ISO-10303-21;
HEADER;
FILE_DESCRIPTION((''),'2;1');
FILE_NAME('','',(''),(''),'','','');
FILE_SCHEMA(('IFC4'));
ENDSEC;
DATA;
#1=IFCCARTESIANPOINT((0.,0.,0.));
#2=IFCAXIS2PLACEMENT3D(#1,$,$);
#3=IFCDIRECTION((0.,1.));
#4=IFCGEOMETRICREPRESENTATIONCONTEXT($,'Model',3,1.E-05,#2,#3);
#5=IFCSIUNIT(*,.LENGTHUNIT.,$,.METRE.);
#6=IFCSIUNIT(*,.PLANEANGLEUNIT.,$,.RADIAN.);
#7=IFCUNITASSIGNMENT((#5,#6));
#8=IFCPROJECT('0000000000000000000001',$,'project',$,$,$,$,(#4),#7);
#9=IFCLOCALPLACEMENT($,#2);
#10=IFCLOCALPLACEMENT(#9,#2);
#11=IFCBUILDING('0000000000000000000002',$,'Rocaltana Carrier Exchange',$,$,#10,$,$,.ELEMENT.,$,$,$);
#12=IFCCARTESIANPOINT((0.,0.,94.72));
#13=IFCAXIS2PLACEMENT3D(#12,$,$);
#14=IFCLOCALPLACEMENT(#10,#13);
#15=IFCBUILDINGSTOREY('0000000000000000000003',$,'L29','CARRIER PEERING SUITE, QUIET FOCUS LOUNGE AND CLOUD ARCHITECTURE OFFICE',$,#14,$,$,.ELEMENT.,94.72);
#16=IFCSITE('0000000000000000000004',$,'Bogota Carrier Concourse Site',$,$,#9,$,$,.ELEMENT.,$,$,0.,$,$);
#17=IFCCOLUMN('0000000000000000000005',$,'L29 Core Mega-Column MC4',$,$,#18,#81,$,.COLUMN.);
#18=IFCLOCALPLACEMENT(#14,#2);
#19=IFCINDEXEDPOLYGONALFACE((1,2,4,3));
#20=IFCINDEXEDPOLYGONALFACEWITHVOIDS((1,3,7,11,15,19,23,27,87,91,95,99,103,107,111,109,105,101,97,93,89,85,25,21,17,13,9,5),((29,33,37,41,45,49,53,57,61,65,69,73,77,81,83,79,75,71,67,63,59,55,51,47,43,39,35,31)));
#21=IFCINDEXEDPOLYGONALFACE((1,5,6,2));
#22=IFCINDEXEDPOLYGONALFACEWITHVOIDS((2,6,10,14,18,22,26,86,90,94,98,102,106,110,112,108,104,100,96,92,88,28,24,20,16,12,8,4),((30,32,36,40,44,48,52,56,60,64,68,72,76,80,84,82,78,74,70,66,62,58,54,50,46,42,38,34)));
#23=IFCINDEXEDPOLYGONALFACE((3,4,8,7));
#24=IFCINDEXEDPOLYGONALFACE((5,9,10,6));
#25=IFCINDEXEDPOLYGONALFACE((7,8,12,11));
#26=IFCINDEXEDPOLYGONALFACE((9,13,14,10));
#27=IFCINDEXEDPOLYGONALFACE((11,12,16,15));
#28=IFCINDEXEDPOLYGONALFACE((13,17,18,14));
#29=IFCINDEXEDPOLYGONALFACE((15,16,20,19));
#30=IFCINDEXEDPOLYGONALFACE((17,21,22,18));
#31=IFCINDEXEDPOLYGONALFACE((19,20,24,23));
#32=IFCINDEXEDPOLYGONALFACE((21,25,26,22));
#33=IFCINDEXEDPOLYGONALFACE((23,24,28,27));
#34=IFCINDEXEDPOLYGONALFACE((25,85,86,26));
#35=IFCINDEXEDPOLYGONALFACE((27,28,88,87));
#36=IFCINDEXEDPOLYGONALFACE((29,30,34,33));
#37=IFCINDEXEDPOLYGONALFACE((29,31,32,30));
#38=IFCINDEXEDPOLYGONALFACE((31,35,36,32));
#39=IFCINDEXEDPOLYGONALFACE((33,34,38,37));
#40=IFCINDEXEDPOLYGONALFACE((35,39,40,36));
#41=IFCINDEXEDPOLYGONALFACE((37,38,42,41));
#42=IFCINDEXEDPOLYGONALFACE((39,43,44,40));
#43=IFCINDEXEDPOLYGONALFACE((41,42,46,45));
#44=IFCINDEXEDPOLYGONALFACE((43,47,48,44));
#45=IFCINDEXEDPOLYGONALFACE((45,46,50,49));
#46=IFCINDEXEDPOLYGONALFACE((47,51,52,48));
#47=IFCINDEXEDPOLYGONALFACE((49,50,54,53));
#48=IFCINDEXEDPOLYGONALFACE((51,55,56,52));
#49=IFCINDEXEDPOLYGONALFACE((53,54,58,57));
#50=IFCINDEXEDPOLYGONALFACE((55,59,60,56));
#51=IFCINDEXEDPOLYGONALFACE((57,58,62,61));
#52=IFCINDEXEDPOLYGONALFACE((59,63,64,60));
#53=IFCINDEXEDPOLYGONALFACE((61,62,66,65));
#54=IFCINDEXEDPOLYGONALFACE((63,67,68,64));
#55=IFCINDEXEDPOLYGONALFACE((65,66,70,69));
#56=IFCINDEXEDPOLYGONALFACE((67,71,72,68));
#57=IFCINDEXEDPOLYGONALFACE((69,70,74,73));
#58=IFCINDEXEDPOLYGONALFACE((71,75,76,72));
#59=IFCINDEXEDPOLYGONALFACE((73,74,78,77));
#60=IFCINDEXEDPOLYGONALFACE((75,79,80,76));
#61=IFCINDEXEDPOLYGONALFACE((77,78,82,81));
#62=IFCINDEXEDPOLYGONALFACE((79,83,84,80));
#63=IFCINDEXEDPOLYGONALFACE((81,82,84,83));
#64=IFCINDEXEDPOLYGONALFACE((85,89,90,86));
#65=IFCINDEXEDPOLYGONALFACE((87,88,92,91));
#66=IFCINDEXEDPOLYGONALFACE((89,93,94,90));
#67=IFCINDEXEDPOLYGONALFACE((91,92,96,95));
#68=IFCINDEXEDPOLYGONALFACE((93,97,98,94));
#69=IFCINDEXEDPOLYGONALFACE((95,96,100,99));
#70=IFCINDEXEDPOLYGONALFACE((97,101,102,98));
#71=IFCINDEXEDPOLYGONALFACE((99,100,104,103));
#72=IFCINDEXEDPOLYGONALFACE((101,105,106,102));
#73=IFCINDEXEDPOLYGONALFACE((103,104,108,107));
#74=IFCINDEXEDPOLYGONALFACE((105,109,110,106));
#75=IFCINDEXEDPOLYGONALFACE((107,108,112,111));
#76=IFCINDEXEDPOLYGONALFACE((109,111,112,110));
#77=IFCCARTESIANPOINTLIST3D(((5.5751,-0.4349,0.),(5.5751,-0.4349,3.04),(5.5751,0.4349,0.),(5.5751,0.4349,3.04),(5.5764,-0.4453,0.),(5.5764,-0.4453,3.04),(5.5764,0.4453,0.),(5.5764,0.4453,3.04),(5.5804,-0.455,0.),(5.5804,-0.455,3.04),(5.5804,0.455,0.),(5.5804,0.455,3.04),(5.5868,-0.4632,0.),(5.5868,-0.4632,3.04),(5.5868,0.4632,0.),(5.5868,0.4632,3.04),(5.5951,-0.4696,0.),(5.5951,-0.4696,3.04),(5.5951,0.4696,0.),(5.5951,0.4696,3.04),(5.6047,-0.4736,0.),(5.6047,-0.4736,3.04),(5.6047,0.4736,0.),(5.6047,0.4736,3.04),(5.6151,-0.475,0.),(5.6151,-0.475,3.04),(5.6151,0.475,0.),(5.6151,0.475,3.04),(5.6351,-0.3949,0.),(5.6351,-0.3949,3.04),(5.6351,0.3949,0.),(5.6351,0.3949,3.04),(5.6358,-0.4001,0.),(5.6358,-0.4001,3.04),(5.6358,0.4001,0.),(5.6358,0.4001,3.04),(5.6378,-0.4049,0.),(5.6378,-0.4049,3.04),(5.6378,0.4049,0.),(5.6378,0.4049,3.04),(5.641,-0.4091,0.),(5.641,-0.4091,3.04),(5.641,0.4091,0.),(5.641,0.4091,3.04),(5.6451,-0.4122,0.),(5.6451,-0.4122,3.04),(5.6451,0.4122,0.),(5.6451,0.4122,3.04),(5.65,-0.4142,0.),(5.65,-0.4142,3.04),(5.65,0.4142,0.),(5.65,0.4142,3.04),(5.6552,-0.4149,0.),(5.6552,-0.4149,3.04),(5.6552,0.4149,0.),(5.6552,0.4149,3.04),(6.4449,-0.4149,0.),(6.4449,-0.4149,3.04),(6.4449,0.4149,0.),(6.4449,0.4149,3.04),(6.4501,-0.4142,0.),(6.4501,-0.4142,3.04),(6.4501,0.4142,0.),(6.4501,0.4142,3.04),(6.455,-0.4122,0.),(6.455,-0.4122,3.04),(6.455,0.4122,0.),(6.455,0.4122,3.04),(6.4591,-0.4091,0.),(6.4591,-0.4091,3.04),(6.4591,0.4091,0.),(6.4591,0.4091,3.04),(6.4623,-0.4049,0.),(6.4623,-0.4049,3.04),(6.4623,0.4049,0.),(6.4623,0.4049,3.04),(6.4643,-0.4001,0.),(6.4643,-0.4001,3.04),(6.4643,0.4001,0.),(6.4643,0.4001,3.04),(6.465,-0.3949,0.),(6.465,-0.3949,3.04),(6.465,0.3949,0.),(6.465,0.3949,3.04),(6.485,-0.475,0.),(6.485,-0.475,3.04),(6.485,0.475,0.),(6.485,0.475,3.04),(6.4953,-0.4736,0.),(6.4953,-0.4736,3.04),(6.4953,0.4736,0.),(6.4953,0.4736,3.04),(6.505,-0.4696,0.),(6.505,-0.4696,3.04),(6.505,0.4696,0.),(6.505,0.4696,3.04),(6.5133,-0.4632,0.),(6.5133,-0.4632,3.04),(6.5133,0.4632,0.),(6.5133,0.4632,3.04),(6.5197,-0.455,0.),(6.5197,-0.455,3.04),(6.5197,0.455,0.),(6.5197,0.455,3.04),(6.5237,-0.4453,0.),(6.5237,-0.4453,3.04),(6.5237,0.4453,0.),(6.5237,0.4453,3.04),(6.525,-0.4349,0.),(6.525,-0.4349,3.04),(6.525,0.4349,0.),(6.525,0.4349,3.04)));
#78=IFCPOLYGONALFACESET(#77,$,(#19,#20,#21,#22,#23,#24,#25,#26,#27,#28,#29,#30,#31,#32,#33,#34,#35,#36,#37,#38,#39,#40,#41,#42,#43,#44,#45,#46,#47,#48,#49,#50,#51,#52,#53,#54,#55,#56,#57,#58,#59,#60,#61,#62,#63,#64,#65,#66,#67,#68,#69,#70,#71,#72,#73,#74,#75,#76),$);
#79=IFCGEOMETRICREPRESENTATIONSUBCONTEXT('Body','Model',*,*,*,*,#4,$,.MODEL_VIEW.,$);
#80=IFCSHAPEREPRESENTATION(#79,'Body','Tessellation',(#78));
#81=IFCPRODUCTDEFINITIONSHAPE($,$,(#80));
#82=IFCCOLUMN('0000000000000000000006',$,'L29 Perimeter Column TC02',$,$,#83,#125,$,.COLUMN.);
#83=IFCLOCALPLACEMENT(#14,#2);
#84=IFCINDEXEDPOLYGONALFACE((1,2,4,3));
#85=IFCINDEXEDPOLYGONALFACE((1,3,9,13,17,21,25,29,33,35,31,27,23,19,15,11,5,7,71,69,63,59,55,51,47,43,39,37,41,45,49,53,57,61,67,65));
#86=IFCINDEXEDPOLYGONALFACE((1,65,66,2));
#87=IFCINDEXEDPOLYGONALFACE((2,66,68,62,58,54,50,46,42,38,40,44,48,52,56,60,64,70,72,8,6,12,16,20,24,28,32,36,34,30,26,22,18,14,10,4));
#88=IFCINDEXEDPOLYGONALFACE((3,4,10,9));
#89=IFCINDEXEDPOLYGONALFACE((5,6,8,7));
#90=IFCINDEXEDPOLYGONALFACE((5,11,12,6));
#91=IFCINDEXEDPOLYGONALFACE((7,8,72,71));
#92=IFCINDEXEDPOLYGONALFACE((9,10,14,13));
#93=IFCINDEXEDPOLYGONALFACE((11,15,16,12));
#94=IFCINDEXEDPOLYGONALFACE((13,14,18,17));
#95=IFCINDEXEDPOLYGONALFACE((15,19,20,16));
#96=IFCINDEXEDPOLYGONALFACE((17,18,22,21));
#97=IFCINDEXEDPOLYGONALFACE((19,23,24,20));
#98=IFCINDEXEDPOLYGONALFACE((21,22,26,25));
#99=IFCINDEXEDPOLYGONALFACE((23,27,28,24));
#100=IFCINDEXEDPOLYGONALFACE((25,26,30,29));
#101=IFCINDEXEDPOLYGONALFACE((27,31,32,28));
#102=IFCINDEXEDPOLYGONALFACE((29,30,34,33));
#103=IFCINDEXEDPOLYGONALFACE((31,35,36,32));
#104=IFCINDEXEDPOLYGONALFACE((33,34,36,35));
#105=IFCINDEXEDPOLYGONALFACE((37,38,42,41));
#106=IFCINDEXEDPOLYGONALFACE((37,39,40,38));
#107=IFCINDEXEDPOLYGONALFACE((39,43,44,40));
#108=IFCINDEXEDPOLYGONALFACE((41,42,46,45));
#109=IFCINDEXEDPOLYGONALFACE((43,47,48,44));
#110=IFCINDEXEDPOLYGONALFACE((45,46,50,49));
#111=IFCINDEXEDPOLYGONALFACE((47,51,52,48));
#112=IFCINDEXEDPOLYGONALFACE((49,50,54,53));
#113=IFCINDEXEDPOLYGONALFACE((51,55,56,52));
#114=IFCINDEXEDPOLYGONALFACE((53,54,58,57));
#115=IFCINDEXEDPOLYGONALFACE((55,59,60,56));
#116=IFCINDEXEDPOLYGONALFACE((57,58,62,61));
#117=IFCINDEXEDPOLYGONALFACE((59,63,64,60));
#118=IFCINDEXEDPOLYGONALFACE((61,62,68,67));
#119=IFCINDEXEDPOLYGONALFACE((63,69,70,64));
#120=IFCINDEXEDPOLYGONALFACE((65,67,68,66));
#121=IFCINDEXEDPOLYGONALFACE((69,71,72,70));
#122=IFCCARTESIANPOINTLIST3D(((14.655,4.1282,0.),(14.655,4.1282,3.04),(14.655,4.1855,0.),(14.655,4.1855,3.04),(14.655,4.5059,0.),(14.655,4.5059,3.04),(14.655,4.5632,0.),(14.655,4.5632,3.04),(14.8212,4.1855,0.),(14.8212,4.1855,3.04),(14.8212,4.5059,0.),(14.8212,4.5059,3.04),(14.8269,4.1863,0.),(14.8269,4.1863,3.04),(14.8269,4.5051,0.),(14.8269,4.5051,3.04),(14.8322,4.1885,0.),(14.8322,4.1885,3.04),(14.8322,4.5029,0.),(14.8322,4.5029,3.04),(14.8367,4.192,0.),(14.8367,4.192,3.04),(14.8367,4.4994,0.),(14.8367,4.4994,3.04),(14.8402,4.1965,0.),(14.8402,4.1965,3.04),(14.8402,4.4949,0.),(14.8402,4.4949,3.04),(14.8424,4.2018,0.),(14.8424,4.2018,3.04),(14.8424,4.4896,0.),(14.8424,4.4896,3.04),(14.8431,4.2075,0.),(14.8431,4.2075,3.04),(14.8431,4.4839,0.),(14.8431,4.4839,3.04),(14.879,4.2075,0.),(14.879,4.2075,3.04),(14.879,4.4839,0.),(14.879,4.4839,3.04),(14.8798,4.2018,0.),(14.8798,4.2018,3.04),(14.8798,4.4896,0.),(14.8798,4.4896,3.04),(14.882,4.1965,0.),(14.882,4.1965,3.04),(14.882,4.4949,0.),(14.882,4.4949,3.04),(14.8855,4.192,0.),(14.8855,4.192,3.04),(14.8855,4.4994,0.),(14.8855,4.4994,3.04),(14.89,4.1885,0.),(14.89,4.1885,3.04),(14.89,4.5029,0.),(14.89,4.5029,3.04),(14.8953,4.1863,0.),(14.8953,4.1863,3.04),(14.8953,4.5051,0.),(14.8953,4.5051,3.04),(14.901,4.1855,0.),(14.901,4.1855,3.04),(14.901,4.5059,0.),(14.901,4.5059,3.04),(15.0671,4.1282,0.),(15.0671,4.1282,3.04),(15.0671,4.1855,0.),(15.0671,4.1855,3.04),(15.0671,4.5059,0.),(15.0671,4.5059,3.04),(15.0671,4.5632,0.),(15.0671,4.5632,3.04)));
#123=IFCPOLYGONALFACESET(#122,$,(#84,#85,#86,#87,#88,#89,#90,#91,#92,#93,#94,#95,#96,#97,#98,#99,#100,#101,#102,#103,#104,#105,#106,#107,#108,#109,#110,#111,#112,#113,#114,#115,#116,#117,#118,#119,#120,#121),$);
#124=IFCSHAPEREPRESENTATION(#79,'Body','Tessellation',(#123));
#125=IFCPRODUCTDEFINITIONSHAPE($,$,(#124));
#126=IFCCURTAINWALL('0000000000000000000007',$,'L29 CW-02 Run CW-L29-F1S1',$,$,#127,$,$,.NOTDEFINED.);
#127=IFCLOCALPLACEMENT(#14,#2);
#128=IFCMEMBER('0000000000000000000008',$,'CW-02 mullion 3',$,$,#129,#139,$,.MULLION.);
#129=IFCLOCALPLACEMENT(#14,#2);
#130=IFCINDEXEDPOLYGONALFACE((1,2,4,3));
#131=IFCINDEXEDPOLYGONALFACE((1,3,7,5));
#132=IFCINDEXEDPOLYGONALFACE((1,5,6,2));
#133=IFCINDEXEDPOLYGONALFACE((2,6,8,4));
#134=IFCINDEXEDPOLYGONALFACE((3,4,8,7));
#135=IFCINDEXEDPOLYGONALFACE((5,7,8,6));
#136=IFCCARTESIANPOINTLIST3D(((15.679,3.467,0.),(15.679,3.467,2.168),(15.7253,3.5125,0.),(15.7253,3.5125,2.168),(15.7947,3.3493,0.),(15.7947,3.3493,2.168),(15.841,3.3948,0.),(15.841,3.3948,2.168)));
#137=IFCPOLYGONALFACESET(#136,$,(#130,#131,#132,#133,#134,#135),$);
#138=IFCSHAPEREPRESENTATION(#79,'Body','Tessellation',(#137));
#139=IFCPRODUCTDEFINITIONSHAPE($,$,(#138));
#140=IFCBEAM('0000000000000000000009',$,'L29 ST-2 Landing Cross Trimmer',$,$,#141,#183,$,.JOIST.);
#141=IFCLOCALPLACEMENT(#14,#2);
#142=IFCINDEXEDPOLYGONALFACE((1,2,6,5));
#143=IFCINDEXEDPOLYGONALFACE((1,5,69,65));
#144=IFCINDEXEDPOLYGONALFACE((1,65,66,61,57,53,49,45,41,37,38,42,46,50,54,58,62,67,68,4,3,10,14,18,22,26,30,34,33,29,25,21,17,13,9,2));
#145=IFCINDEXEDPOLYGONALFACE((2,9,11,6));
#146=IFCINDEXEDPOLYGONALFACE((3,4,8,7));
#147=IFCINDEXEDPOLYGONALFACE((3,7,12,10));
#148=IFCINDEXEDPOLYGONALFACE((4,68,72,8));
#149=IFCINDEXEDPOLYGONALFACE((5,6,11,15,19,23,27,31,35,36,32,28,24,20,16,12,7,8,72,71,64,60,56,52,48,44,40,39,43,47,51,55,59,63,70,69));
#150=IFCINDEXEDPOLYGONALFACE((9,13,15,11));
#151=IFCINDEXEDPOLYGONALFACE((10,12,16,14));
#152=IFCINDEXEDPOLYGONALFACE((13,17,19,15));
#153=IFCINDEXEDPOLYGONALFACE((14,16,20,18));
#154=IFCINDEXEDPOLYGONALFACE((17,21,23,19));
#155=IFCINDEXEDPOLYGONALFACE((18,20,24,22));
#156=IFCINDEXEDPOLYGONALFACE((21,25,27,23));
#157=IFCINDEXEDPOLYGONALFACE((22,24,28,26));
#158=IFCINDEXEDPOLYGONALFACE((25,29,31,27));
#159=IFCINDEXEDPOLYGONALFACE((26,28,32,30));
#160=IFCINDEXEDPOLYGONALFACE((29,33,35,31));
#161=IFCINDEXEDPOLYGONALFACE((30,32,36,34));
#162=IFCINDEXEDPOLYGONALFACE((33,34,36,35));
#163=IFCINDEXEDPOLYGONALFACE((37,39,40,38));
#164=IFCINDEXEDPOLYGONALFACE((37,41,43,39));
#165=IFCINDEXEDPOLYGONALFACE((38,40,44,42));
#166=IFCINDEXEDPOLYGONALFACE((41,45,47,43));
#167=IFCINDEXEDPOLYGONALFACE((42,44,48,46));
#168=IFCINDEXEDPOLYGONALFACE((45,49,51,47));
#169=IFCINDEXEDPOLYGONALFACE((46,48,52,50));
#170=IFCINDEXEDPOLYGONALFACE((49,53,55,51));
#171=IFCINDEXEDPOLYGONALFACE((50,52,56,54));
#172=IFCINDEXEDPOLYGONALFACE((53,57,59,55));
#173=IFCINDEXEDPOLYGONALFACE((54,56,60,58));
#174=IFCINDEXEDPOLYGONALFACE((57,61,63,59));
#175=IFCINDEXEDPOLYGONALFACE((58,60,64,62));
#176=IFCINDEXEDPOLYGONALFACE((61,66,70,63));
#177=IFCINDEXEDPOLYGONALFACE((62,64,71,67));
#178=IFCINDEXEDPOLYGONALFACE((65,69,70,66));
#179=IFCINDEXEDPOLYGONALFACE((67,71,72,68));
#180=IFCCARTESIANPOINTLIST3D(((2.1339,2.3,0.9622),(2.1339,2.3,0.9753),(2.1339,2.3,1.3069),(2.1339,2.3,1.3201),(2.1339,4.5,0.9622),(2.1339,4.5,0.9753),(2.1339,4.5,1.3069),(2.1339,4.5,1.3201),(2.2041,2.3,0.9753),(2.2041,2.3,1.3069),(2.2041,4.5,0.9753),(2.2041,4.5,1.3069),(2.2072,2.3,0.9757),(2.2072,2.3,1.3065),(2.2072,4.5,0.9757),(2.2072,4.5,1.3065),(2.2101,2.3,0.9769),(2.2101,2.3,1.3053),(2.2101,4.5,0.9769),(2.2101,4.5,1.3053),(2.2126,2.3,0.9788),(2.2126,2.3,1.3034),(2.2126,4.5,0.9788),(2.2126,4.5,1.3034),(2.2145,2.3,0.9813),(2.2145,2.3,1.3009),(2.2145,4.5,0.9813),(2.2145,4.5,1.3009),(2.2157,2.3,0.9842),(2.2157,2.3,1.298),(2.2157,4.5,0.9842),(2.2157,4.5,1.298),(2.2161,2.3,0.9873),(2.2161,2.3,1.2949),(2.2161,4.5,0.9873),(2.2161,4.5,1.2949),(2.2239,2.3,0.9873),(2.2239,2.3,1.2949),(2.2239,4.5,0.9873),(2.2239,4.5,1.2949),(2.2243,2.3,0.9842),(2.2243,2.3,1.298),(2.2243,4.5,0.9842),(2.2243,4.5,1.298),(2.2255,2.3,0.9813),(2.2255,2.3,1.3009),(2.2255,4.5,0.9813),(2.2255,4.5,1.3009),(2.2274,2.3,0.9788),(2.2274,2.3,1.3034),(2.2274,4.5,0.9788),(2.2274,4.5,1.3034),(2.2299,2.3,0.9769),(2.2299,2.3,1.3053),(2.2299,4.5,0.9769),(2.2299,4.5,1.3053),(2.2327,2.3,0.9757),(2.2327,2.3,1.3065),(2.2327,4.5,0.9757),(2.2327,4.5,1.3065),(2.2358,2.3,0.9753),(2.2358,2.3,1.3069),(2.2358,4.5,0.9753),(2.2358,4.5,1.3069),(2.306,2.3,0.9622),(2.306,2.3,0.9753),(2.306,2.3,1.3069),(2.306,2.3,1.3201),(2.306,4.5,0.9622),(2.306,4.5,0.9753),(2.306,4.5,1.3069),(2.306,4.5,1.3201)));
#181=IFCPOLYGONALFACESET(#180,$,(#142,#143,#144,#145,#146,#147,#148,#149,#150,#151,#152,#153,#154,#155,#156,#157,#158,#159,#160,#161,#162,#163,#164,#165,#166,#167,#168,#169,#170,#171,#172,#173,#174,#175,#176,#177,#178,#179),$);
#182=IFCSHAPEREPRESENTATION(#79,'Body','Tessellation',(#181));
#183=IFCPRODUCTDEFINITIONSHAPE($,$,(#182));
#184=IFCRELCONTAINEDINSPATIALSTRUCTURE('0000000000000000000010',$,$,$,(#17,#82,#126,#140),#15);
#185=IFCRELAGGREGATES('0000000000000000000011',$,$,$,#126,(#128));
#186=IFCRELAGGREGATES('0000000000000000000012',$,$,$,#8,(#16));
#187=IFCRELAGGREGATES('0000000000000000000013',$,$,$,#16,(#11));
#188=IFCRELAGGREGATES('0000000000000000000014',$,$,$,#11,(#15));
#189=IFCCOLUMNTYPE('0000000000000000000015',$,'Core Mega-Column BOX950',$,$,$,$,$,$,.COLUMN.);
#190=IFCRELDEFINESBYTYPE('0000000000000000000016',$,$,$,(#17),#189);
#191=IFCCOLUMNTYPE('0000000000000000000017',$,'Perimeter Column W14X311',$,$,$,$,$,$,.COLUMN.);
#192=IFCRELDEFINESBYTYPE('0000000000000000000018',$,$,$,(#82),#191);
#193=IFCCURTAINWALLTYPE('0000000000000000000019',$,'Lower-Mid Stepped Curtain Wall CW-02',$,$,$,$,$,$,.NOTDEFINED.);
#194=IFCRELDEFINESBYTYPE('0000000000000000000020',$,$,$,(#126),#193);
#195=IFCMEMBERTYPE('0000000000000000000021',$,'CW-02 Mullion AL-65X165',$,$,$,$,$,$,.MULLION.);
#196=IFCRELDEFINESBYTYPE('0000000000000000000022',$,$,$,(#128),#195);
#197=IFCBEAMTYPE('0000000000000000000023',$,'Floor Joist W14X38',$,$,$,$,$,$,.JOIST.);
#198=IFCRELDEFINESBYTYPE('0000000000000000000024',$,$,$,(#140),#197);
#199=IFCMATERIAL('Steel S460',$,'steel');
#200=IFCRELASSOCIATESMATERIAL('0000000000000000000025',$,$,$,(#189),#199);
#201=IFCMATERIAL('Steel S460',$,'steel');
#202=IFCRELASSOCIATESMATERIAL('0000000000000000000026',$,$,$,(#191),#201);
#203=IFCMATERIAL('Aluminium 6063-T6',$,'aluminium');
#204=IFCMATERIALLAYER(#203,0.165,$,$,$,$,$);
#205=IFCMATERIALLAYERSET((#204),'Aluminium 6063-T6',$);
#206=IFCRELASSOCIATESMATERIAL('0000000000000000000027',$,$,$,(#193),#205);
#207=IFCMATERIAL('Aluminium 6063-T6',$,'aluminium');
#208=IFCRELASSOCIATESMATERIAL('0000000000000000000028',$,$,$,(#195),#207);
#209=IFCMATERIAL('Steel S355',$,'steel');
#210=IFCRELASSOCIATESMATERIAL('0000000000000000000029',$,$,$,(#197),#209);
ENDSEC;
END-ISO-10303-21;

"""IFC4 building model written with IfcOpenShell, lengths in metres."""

from ifc_helpers import new_model, si_unit, direction, frame, origin, origin_2d, place, context, subcontext, project, spatial, rectangle, hollow_rectangle, i_section, extrude, material, layer, layer_set, material_profile, profile_set, type_object, element, aggregate, save


model = new_model("IFC4")

# Units and contexts
model_context = context("Model", 3, precision=1e-05, world=origin(), true_north=direction((0.0, 1.0)))
body_context = subcontext(model_context, "Body", "Model", "MODEL_VIEW")
ifc_project = project(units=[si_unit("LENGTHUNIT", "METRE"), si_unit("PLANEANGLEUNIT", "RADIAN")], contexts=[model_context])

# Site, building, storey
site_placement = place(None, origin())
site = spatial("IfcSite", under=ifc_project, at=site_placement, Name="Bogota Carrier Concourse Site", CompositionType="ELEMENT", RefElevation=0.0)
building_placement = place(site_placement, origin())
building = spatial("IfcBuilding", under=site, at=building_placement, Name="Rocaltana Carrier Exchange", CompositionType="ELEMENT")
storey_placement = place(building_placement, frame((0.0, 0.0, 94.72)))
storey = spatial("IfcBuildingStorey", under=building, at=storey_placement, Name="L29", Description="CARRIER PEERING SUITE, QUIET FOCUS LOUNGE AND CLOUD ARCHITECTURE OFFICE", CompositionType="ELEMENT", Elevation=94.72)

# Columns
ifc_material_1 = material(Name="Steel S460", Category="steel")
ifc_material_profile_1 = material_profile(ifc_material_1, hollow_rectangle(XDim=0.95, YDim=0.95, WallThickness=0.0601, InnerFilletRadius=0.02, OuterFilletRadius=0.04, at=origin_2d()), Name="BOX950X950X60")
ifc_profile_set_1 = profile_set([ifc_material_profile_1], Name="Steel S460")
column_type_1 = type_object("IfcColumnType", Name="Core Mega-Column BOX950", PredefinedType="COLUMN", material=ifc_profile_set_1)
column_1_placement = place(storey_placement, frame((6.05, 0.0, 0.0), z_axis=(0.0, 0.0, 1.0), x_axis=(1.0, 0.0, 0.0)))
element("IfcColumn", 1, at=column_1_placement, inside=storey, type_object=column_type_1, Name="L29 Core Mega-Column MC4", PredefinedType="COLUMN", context=body_context, shape_type="SweptSolid", body=[
    extrude(hollow_rectangle(XDim=0.95, YDim=0.95, WallThickness=0.0601, InnerFilletRadius=0.02, OuterFilletRadius=0.04, at=origin_2d()), origin(), (0.0, 0.0, 1.0), 3.04),
])
ifc_material_2 = material(Name="Steel S460", Category="steel")
ifc_material_profile_2 = material_profile(ifc_material_2, i_section(OverallWidth=0.4121, OverallDepth=0.4351, WebThickness=0.0359, FlangeThickness=0.0574, FilletRadius=0.022, at=origin_2d()), Name="W14X311")
ifc_profile_set_2 = profile_set([ifc_material_profile_2], Name="Steel S460")
column_type_2 = type_object("IfcColumnType", Name="Perimeter Column W14X311", PredefinedType="COLUMN", material=ifc_profile_set_2)
column_2_placement = place(storey_placement, frame((14.8611, 4.3457, 0.0), z_axis=(0.0, 0.0, 1.0), x_axis=(1.0, 0.0, 0.0)))
element("IfcColumn", 2, at=column_2_placement, inside=storey, type_object=column_type_2, Name="L29 Perimeter Column TC02", PredefinedType="COLUMN", context=body_context, shape_type="SweptSolid", body=[
    extrude(i_section(OverallWidth=0.4121, OverallDepth=0.4351, WebThickness=0.0359, FlangeThickness=0.0574, FilletRadius=0.022, at=origin_2d()), origin(), (0.0, 0.0, 1.0), 3.04),
])

# Curtain wall, member
ifc_material_3 = material(Name="Aluminium 6063-T6", Category="aluminium")
ifc_layer_1 = layer(ifc_material_3, 0.165)
ifc_layer_set_1 = layer_set([ifc_layer_1], Name="Aluminium 6063-T6")
curtain_wall_type = type_object("IfcCurtainWallType", Name="Lower-Mid Stepped Curtain Wall CW-02", PredefinedType="NOTDEFINED", material=ifc_layer_set_1)
curtain_wall_placement = place(storey_placement, origin())
curtain_wall = element("IfcCurtainWall", 3, at=curtain_wall_placement, inside=storey, type_object=curtain_wall_type, Name="L29 CW-02 Run CW-L29-F1S1", PredefinedType="NOTDEFINED")
ifc_material_4 = material(Name="Aluminium 6063-T6", Category="aluminium")
ifc_material_profile_3 = material_profile(ifc_material_4, rectangle(XDim=0.0649, YDim=0.165, at=origin_2d()), Name="AL-65X165")
ifc_profile_set_3 = profile_set([ifc_material_profile_3], Name="Aluminium 6063-T6")
member_type = type_object("IfcMemberType", Name="CW-02 Mullion AL-65X165", PredefinedType="MULLION", material=ifc_profile_set_3)
member_placement = place(storey_placement, frame((15.76, 3.4309, 0.0), z_axis=(0.0, 0.0, 1.0), x_axis=(-0.713245, -0.700915, 0.0)))
member = element("IfcMember", 4, at=member_placement, type_object=member_type, Name="CW-02 mullion 3", PredefinedType="MULLION", context=body_context, shape_type="SweptSolid", body=[
    extrude(rectangle(XDim=0.0649, YDim=0.165, at=origin_2d()), origin(), (0.0, 0.0, 1.0), 2.168),
])

# Beam
ifc_material_5 = material(Name="Steel S355", Category="steel")
ifc_material_profile_4 = material_profile(ifc_material_5, i_section(OverallWidth=0.1721, OverallDepth=0.3579, WebThickness=0.0078, FlangeThickness=0.0132, FilletRadius=0.012, at=origin_2d()), Name="W14X38")
ifc_profile_set_4 = profile_set([ifc_material_profile_4], Name="Steel S355")
beam_type_1 = type_object("IfcBeamType", Name="Floor Joist W14X38", PredefinedType="JOIST", material=ifc_profile_set_4)
beam_1_placement = place(storey_placement, frame((2.22, 2.3, 1.1411), z_axis=(0.0, 1.0, 0.0), x_axis=(-1.0, 0.0, 0.0)))
element("IfcBeam", 5, at=beam_1_placement, inside=storey, type_object=beam_type_1, Name="L29 ST-2 Landing Cross Trimmer", PredefinedType="JOIST", context=body_context, shape_type="SweptSolid", body=[
    extrude(i_section(OverallWidth=0.1721, OverallDepth=0.3579, WebThickness=0.0078, FlangeThickness=0.0132, FilletRadius=0.012, at=origin_2d()), origin(), (0.0, 0.0, 1.0), 2.2),
])

aggregate(curtain_wall, [member])

save(model, "model.ifc")
